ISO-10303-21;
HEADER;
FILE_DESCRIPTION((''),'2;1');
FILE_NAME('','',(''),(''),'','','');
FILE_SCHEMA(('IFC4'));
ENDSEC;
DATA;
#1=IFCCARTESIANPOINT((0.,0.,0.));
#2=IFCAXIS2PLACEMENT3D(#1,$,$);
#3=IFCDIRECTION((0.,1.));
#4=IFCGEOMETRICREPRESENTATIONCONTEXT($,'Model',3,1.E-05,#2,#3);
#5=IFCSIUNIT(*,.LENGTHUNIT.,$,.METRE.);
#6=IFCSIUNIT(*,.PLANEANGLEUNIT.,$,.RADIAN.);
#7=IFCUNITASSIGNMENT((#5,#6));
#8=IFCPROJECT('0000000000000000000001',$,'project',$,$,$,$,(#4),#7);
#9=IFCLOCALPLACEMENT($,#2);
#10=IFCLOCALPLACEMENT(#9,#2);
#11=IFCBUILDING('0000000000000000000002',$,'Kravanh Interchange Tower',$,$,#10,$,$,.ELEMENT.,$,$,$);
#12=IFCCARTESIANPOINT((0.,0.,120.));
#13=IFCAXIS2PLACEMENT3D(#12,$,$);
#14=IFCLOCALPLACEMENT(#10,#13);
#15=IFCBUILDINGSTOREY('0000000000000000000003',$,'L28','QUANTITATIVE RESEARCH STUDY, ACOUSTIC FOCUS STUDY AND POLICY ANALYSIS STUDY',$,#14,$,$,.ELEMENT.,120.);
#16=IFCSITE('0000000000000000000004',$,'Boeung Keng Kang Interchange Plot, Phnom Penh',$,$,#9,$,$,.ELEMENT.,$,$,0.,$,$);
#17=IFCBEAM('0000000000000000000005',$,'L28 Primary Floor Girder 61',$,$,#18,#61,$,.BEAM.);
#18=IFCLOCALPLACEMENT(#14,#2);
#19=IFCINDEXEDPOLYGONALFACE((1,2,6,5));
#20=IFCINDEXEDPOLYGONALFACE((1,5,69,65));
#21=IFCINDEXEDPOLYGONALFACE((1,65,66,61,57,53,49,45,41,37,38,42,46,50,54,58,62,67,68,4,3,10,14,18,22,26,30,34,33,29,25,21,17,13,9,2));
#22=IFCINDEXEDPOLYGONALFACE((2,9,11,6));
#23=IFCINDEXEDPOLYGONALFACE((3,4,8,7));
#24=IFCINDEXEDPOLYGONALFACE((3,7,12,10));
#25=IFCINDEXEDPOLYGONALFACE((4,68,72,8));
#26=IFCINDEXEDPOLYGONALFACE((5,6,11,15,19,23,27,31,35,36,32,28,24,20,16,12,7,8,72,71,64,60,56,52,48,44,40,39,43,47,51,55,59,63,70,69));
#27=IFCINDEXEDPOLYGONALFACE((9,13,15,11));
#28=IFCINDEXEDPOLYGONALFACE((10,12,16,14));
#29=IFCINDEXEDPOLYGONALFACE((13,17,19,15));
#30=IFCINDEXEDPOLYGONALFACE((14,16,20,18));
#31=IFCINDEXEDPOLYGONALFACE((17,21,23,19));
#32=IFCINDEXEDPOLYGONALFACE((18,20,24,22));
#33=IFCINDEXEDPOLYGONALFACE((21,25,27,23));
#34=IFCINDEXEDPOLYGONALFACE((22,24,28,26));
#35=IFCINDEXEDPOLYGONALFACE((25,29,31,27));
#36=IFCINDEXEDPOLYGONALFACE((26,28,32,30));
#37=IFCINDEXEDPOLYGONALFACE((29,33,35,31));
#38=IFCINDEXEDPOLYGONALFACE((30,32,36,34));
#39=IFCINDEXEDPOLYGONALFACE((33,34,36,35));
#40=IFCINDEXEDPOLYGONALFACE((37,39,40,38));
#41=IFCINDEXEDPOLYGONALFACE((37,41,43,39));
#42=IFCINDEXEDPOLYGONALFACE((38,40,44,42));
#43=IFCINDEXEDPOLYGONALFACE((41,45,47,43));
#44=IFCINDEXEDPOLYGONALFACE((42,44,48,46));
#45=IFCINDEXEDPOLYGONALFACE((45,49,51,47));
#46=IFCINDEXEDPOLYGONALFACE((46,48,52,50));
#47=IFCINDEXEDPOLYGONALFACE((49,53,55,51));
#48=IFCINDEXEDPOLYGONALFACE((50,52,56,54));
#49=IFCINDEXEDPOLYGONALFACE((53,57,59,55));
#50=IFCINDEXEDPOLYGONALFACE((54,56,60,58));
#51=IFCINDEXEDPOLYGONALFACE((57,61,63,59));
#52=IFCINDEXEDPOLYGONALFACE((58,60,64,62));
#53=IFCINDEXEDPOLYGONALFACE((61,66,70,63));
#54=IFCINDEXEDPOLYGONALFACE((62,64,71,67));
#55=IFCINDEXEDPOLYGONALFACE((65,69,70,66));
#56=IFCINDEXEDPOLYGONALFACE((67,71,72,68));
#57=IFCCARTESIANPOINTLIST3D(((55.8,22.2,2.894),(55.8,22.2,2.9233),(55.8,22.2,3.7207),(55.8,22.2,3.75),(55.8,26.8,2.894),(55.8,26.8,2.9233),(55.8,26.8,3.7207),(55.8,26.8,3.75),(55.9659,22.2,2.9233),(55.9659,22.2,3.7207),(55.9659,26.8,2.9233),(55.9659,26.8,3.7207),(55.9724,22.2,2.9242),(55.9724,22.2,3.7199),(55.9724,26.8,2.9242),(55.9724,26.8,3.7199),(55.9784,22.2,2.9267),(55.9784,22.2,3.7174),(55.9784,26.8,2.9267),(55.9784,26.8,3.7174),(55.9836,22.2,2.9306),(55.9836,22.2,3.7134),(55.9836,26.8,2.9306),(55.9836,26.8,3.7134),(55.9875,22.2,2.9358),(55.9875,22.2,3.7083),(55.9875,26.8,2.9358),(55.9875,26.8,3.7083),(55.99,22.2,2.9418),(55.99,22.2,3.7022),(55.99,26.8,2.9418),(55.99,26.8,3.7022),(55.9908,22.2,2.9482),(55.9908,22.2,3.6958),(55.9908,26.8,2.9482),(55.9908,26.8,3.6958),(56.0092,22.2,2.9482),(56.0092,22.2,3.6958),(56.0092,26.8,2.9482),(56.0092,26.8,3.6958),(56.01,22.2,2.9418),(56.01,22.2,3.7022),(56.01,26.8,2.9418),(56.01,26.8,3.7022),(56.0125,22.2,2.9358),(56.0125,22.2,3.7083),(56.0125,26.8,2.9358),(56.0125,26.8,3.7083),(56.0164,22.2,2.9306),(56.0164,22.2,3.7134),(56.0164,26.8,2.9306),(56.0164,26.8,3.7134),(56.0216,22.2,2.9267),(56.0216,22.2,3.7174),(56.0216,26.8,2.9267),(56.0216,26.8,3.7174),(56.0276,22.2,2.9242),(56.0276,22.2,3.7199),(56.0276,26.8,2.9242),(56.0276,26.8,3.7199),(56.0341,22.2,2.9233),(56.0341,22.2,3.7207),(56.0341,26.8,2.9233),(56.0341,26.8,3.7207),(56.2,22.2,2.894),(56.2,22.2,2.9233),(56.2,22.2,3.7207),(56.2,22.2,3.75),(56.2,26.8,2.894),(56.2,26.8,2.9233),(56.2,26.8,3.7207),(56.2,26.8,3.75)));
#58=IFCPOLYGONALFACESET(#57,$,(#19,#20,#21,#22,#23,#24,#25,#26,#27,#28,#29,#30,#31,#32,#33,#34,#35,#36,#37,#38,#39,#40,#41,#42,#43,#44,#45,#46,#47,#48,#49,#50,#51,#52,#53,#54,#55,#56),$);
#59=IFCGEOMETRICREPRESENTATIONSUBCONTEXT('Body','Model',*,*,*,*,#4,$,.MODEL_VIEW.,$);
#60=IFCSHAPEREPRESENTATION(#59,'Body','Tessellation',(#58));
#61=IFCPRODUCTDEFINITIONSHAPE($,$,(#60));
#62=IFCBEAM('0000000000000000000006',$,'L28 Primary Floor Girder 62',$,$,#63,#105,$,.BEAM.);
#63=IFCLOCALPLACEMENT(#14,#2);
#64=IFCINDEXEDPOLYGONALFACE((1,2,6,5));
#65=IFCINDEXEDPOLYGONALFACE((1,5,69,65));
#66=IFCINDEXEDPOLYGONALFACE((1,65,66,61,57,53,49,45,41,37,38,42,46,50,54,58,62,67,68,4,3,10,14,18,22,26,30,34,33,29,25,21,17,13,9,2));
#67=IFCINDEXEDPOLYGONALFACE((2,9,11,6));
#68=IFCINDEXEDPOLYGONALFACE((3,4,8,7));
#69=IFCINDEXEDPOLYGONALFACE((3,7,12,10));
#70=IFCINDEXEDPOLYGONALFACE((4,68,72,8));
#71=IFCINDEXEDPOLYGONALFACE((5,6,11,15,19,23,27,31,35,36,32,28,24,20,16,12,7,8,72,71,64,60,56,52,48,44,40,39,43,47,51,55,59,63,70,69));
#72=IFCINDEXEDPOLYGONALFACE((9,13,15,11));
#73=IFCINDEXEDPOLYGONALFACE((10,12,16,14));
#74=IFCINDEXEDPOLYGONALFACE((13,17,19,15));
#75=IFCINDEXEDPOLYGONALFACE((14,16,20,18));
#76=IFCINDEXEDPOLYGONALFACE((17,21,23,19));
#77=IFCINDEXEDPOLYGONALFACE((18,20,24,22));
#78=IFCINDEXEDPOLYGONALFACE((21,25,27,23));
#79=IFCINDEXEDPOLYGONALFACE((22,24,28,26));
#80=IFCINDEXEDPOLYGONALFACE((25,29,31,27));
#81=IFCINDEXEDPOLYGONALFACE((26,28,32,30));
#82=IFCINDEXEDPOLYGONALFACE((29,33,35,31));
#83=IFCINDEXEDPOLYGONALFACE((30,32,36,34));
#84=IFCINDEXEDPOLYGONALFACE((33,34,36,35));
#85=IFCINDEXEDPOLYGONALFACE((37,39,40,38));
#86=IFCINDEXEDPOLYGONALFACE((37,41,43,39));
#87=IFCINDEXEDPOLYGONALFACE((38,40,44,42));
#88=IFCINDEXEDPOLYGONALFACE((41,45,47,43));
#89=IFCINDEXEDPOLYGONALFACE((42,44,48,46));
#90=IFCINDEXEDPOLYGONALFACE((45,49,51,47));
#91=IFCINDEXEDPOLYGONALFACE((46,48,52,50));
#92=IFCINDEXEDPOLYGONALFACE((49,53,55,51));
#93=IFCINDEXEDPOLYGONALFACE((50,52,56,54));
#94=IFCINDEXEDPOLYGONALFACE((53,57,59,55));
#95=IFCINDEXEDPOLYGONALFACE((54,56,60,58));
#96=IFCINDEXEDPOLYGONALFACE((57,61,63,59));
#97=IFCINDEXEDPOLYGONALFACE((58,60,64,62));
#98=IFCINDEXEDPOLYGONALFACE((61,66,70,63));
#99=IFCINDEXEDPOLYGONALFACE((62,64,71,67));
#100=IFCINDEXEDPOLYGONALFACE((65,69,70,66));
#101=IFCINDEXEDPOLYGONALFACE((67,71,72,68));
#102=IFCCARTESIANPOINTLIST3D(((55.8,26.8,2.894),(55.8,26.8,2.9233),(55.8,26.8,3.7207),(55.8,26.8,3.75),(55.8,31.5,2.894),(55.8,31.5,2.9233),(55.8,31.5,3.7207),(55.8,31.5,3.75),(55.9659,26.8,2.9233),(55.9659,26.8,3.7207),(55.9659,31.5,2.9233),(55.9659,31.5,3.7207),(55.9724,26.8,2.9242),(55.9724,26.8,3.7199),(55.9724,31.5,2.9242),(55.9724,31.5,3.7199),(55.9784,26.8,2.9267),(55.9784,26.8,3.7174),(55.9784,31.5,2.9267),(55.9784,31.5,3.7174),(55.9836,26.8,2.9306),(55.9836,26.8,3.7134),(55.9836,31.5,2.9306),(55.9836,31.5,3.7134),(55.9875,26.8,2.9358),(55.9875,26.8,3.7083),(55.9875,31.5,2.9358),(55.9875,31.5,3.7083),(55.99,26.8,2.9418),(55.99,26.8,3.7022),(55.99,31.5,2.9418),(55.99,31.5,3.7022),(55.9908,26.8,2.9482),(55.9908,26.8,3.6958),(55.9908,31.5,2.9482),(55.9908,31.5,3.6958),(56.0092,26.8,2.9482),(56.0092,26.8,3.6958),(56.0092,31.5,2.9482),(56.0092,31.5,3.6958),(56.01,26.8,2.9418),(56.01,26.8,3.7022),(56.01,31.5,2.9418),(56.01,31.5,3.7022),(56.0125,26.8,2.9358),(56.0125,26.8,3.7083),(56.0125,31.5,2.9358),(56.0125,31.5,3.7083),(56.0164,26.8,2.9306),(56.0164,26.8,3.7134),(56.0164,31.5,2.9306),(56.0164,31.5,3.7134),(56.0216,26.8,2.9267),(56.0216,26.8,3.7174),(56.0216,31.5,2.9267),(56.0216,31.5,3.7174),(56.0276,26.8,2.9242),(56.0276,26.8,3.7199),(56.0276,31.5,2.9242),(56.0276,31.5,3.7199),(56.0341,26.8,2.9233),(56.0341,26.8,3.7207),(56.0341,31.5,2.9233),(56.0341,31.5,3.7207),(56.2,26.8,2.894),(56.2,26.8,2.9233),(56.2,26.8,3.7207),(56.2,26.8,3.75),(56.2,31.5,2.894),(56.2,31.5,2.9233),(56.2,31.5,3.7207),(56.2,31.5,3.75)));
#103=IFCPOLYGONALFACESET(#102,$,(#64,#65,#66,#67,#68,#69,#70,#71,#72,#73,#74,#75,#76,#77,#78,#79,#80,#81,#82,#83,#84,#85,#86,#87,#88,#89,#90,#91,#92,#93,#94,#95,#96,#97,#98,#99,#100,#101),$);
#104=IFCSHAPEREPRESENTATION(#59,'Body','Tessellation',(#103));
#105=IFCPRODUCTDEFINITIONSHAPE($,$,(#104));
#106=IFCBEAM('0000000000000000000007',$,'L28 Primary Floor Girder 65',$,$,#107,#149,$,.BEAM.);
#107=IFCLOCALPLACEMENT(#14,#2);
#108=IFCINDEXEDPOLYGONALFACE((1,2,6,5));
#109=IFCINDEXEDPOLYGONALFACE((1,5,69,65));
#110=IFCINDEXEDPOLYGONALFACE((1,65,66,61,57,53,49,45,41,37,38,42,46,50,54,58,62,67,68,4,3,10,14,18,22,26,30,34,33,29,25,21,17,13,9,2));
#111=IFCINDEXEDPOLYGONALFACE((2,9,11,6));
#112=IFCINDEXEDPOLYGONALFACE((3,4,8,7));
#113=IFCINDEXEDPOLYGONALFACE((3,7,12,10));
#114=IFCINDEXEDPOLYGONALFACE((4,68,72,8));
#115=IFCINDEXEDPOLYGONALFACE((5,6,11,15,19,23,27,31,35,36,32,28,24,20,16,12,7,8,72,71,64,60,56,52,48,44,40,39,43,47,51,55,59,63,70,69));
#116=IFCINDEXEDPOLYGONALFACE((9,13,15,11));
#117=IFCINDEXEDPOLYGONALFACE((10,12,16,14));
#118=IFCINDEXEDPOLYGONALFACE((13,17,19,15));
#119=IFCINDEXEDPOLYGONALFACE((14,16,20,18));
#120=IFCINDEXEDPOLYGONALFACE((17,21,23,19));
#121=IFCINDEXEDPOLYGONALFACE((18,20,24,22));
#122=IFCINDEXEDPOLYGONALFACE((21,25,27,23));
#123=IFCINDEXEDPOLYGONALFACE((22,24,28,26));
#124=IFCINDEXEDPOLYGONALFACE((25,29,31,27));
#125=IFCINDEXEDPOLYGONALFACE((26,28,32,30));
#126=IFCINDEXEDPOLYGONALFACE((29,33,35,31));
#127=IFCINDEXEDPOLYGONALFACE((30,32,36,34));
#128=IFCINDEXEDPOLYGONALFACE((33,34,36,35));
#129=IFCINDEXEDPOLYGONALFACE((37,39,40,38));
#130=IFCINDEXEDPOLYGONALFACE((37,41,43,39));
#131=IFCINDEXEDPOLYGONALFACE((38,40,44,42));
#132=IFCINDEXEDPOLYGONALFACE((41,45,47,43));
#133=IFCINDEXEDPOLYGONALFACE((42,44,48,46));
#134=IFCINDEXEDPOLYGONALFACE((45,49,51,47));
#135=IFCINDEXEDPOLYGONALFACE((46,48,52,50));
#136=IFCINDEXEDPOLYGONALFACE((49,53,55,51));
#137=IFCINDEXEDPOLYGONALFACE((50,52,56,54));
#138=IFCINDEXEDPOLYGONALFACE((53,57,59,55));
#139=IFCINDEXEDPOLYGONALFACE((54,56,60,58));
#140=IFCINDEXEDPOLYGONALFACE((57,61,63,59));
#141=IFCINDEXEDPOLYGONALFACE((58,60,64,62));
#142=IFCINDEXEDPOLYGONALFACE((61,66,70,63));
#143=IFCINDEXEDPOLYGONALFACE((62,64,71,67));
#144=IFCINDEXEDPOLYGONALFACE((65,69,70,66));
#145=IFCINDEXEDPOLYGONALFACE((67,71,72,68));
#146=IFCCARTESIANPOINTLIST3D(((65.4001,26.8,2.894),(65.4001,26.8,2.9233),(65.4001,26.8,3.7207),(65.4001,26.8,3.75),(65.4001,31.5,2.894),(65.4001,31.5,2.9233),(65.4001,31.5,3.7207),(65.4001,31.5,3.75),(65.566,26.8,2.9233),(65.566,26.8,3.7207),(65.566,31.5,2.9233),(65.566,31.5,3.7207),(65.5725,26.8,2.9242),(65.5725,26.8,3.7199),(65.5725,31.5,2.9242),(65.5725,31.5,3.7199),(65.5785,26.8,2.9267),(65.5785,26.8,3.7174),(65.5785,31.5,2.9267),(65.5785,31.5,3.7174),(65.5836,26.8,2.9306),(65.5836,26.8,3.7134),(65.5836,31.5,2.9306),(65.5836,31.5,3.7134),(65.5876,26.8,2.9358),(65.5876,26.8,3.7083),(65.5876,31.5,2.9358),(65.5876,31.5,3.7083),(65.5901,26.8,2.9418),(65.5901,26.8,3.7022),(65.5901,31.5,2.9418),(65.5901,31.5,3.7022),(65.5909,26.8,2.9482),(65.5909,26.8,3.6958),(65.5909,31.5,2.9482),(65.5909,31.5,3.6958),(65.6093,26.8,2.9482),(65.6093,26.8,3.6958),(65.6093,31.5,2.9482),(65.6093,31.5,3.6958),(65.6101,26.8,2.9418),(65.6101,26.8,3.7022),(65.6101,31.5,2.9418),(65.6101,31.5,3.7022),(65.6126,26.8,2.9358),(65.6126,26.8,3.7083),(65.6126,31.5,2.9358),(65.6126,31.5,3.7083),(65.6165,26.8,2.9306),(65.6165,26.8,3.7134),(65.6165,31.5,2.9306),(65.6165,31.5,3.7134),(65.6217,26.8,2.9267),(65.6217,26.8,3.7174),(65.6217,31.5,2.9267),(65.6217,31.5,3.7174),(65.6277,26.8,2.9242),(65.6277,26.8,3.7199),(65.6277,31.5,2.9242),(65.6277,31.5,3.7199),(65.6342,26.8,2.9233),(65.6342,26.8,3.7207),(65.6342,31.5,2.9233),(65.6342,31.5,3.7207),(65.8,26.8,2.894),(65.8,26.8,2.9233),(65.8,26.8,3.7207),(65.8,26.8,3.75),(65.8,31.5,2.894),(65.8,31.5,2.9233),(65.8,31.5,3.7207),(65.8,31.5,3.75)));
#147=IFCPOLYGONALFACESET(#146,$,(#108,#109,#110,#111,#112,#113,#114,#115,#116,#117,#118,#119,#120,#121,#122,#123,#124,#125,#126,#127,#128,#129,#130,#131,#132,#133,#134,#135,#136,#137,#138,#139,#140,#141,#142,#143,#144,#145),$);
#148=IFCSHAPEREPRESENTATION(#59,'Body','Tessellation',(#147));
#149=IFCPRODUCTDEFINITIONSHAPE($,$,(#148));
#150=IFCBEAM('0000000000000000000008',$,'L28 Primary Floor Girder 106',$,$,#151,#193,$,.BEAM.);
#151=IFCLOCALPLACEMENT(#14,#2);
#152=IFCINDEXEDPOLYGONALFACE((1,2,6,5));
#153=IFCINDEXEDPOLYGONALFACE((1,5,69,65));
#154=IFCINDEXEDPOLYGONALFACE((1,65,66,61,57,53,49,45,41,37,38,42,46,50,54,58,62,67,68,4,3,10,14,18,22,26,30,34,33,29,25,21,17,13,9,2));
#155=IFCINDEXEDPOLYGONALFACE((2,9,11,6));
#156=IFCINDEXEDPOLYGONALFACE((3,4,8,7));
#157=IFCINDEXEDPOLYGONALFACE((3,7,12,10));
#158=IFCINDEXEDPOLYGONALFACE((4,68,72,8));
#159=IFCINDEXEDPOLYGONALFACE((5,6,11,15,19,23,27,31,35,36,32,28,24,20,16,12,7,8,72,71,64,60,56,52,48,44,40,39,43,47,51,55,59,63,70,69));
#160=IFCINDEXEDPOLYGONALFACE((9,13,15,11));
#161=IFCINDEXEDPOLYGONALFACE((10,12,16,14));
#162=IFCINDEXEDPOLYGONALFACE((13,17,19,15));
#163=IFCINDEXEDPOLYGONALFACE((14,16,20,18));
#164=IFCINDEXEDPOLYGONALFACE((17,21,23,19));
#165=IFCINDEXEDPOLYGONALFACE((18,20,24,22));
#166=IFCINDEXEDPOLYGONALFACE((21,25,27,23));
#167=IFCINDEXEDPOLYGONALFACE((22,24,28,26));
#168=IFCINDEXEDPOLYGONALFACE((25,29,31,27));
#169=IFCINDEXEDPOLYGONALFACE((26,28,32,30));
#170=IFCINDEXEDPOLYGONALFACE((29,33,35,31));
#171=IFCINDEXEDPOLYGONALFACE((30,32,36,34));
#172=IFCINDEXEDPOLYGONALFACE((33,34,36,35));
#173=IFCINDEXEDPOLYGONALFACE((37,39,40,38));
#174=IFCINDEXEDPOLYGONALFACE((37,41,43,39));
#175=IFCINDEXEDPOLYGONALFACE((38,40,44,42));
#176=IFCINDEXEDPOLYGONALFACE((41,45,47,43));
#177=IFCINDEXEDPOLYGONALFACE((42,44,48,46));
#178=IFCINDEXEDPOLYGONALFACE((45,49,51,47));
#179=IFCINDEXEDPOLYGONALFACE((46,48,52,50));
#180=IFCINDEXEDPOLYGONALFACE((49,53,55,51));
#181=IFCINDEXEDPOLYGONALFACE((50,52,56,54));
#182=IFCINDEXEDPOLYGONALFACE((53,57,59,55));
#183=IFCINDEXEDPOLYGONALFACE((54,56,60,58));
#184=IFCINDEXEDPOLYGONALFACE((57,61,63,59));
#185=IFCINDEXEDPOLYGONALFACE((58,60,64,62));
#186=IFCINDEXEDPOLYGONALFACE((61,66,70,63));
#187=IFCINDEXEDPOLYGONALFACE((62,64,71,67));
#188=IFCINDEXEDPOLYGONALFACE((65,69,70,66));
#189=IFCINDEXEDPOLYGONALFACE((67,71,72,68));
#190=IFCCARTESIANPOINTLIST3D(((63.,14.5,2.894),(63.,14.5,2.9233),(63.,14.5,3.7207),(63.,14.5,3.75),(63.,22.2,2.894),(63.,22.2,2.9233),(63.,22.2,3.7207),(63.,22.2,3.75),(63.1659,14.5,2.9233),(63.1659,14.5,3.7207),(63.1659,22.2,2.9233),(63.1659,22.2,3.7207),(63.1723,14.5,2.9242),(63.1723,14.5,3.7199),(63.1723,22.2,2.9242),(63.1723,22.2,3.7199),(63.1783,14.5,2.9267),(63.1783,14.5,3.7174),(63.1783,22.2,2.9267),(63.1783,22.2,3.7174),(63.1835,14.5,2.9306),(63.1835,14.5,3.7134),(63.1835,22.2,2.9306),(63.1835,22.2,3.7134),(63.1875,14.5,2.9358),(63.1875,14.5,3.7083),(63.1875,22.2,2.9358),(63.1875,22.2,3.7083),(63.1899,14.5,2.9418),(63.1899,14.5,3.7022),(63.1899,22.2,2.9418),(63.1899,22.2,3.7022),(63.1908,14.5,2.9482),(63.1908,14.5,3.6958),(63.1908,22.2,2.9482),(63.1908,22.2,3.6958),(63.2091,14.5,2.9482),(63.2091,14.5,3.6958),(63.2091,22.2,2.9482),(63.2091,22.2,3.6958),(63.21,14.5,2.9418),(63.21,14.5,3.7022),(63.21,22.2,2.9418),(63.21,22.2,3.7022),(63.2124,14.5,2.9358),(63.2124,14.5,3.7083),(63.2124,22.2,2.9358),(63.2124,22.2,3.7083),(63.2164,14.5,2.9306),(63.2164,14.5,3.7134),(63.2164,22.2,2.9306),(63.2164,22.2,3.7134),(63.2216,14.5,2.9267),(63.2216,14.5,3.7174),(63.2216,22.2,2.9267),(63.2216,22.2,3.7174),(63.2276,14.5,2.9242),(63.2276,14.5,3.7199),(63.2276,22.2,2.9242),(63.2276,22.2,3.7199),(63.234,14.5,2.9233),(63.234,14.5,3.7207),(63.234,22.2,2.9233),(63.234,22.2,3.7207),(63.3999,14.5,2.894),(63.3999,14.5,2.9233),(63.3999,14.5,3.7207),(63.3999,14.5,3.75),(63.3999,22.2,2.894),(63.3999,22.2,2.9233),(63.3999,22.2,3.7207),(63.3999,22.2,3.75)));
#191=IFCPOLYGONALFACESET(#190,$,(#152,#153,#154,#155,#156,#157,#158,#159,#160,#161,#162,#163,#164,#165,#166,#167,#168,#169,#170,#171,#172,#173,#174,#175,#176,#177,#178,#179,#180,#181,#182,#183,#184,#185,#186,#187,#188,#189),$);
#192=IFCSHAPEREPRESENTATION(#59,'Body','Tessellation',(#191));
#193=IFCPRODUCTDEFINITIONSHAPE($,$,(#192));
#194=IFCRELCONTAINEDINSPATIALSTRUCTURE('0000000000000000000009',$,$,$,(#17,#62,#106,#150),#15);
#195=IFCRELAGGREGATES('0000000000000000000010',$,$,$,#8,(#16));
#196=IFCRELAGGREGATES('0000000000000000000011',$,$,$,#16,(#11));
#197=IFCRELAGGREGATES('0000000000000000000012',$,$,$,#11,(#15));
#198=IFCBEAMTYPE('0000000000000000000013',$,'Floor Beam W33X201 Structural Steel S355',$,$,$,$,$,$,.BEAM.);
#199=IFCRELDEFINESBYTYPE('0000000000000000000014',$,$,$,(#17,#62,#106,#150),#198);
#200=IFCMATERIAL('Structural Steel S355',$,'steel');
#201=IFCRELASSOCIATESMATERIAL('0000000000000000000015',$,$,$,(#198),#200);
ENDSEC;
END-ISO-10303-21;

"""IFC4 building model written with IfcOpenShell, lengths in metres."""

from ifc_helpers import new_model, si_unit, direction, frame, origin, origin_2d, place, context, subcontext, project, spatial, i_section, extrude, material, material_profile, profile_set, type_object, element, save


model = new_model("IFC4")

# Units and contexts
model_context = context("Model", 3, precision=1e-05, world=origin(), true_north=direction((0.0, 1.0)))
body_context = subcontext(model_context, "Body", "Model", "MODEL_VIEW")
ifc_project = project(units=[si_unit("LENGTHUNIT", "METRE"), si_unit("PLANEANGLEUNIT", "RADIAN")], contexts=[model_context])

# Site, building, storey
site_placement = place(None, origin())
site = spatial("IfcSite", under=ifc_project, at=site_placement, Name="Boeung Keng Kang Interchange Plot, Phnom Penh", CompositionType="ELEMENT", RefElevation=0.0)
building_placement = place(site_placement, origin())
building = spatial("IfcBuilding", under=site, at=building_placement, Name="Kravanh Interchange Tower", CompositionType="ELEMENT")
storey_placement = place(building_placement, frame((0.0, 0.0, 120.0)))
storey = spatial("IfcBuildingStorey", under=building, at=storey_placement, Name="L28", Description="QUANTITATIVE RESEARCH STUDY, ACOUSTIC FOCUS STUDY AND POLICY ANALYSIS STUDY", CompositionType="ELEMENT", Elevation=120.0)

# Beams
ifc_material_1 = material(Name="Structural Steel S355", Category="steel")
ifc_material_profile_1 = material_profile(ifc_material_1, i_section(OverallWidth=0.3999, OverallDepth=0.856, WebThickness=0.0183, FlangeThickness=0.0293, FilletRadius=0.0249, at=origin_2d()), Name="W33X201")
ifc_profile_set_1 = profile_set([ifc_material_profile_1], Name="Structural Steel S355")
beam_type_1 = type_object("IfcBeamType", Name="Floor Beam W33X201 Structural Steel S355", PredefinedType="BEAM", material=ifc_profile_set_1)
beam_1_placement = place(storey_placement, frame((56.0, 26.8, 3.322), z_axis=(0.0, -1.0, 0.0), x_axis=(1.0, 0.0, 0.0)))
element("IfcBeam", 1, at=beam_1_placement, inside=storey, type_object=beam_type_1, Name="L28 Primary Floor Girder 61", PredefinedType="BEAM", context=body_context, shape_type="SweptSolid", body=[
    extrude(i_section(OverallWidth=0.3999, OverallDepth=0.856, WebThickness=0.0183, FlangeThickness=0.0293, FilletRadius=0.0249, at=origin_2d()), origin(), (0.0, 0.0, 1.0), 4.6001),
])
for number, where, z_axis, x_axis, name in (
    (2, (56.0, 26.8, 3.322), (0.0, 1.0, 0.0), (-1.0, 0.0, 0.0), "L28 Primary Floor Girder 62"),
    (3, (65.6001, 26.8, 3.322), (0.0, 1.0, 0.0), (-1.0, 0.0, 0.0), "L28 Primary Floor Girder 65"),
):
    element("IfcBeam", number, at=place(storey_placement, frame(where, z_axis=z_axis, x_axis=x_axis)), inside=storey, type_object=beam_type_1, Name=name, PredefinedType="BEAM", context=body_context, shape_type="SweptSolid", body=[
        extrude(i_section(OverallWidth=0.3999, OverallDepth=0.856, WebThickness=0.0183, FlangeThickness=0.0293, FilletRadius=0.0249, at=origin_2d()), origin(), (0.0, 0.0, 1.0), 4.7),
    ])
beam_2_placement = place(storey_placement, frame((63.2, 14.5, 3.322), z_axis=(0.0, 1.0, 0.0), x_axis=(-1.0, 0.0, 0.0)))
element("IfcBeam", 4, at=beam_2_placement, inside=storey, type_object=beam_type_1, Name="L28 Primary Floor Girder 106", PredefinedType="BEAM", context=body_context, shape_type="SweptSolid", body=[
    extrude(i_section(OverallWidth=0.3999, OverallDepth=0.856, WebThickness=0.0183, FlangeThickness=0.0293, FilletRadius=0.0249, at=origin_2d()), origin(), (0.0, 0.0, 1.0), 7.7),
])

save(model, "model.ifc")
